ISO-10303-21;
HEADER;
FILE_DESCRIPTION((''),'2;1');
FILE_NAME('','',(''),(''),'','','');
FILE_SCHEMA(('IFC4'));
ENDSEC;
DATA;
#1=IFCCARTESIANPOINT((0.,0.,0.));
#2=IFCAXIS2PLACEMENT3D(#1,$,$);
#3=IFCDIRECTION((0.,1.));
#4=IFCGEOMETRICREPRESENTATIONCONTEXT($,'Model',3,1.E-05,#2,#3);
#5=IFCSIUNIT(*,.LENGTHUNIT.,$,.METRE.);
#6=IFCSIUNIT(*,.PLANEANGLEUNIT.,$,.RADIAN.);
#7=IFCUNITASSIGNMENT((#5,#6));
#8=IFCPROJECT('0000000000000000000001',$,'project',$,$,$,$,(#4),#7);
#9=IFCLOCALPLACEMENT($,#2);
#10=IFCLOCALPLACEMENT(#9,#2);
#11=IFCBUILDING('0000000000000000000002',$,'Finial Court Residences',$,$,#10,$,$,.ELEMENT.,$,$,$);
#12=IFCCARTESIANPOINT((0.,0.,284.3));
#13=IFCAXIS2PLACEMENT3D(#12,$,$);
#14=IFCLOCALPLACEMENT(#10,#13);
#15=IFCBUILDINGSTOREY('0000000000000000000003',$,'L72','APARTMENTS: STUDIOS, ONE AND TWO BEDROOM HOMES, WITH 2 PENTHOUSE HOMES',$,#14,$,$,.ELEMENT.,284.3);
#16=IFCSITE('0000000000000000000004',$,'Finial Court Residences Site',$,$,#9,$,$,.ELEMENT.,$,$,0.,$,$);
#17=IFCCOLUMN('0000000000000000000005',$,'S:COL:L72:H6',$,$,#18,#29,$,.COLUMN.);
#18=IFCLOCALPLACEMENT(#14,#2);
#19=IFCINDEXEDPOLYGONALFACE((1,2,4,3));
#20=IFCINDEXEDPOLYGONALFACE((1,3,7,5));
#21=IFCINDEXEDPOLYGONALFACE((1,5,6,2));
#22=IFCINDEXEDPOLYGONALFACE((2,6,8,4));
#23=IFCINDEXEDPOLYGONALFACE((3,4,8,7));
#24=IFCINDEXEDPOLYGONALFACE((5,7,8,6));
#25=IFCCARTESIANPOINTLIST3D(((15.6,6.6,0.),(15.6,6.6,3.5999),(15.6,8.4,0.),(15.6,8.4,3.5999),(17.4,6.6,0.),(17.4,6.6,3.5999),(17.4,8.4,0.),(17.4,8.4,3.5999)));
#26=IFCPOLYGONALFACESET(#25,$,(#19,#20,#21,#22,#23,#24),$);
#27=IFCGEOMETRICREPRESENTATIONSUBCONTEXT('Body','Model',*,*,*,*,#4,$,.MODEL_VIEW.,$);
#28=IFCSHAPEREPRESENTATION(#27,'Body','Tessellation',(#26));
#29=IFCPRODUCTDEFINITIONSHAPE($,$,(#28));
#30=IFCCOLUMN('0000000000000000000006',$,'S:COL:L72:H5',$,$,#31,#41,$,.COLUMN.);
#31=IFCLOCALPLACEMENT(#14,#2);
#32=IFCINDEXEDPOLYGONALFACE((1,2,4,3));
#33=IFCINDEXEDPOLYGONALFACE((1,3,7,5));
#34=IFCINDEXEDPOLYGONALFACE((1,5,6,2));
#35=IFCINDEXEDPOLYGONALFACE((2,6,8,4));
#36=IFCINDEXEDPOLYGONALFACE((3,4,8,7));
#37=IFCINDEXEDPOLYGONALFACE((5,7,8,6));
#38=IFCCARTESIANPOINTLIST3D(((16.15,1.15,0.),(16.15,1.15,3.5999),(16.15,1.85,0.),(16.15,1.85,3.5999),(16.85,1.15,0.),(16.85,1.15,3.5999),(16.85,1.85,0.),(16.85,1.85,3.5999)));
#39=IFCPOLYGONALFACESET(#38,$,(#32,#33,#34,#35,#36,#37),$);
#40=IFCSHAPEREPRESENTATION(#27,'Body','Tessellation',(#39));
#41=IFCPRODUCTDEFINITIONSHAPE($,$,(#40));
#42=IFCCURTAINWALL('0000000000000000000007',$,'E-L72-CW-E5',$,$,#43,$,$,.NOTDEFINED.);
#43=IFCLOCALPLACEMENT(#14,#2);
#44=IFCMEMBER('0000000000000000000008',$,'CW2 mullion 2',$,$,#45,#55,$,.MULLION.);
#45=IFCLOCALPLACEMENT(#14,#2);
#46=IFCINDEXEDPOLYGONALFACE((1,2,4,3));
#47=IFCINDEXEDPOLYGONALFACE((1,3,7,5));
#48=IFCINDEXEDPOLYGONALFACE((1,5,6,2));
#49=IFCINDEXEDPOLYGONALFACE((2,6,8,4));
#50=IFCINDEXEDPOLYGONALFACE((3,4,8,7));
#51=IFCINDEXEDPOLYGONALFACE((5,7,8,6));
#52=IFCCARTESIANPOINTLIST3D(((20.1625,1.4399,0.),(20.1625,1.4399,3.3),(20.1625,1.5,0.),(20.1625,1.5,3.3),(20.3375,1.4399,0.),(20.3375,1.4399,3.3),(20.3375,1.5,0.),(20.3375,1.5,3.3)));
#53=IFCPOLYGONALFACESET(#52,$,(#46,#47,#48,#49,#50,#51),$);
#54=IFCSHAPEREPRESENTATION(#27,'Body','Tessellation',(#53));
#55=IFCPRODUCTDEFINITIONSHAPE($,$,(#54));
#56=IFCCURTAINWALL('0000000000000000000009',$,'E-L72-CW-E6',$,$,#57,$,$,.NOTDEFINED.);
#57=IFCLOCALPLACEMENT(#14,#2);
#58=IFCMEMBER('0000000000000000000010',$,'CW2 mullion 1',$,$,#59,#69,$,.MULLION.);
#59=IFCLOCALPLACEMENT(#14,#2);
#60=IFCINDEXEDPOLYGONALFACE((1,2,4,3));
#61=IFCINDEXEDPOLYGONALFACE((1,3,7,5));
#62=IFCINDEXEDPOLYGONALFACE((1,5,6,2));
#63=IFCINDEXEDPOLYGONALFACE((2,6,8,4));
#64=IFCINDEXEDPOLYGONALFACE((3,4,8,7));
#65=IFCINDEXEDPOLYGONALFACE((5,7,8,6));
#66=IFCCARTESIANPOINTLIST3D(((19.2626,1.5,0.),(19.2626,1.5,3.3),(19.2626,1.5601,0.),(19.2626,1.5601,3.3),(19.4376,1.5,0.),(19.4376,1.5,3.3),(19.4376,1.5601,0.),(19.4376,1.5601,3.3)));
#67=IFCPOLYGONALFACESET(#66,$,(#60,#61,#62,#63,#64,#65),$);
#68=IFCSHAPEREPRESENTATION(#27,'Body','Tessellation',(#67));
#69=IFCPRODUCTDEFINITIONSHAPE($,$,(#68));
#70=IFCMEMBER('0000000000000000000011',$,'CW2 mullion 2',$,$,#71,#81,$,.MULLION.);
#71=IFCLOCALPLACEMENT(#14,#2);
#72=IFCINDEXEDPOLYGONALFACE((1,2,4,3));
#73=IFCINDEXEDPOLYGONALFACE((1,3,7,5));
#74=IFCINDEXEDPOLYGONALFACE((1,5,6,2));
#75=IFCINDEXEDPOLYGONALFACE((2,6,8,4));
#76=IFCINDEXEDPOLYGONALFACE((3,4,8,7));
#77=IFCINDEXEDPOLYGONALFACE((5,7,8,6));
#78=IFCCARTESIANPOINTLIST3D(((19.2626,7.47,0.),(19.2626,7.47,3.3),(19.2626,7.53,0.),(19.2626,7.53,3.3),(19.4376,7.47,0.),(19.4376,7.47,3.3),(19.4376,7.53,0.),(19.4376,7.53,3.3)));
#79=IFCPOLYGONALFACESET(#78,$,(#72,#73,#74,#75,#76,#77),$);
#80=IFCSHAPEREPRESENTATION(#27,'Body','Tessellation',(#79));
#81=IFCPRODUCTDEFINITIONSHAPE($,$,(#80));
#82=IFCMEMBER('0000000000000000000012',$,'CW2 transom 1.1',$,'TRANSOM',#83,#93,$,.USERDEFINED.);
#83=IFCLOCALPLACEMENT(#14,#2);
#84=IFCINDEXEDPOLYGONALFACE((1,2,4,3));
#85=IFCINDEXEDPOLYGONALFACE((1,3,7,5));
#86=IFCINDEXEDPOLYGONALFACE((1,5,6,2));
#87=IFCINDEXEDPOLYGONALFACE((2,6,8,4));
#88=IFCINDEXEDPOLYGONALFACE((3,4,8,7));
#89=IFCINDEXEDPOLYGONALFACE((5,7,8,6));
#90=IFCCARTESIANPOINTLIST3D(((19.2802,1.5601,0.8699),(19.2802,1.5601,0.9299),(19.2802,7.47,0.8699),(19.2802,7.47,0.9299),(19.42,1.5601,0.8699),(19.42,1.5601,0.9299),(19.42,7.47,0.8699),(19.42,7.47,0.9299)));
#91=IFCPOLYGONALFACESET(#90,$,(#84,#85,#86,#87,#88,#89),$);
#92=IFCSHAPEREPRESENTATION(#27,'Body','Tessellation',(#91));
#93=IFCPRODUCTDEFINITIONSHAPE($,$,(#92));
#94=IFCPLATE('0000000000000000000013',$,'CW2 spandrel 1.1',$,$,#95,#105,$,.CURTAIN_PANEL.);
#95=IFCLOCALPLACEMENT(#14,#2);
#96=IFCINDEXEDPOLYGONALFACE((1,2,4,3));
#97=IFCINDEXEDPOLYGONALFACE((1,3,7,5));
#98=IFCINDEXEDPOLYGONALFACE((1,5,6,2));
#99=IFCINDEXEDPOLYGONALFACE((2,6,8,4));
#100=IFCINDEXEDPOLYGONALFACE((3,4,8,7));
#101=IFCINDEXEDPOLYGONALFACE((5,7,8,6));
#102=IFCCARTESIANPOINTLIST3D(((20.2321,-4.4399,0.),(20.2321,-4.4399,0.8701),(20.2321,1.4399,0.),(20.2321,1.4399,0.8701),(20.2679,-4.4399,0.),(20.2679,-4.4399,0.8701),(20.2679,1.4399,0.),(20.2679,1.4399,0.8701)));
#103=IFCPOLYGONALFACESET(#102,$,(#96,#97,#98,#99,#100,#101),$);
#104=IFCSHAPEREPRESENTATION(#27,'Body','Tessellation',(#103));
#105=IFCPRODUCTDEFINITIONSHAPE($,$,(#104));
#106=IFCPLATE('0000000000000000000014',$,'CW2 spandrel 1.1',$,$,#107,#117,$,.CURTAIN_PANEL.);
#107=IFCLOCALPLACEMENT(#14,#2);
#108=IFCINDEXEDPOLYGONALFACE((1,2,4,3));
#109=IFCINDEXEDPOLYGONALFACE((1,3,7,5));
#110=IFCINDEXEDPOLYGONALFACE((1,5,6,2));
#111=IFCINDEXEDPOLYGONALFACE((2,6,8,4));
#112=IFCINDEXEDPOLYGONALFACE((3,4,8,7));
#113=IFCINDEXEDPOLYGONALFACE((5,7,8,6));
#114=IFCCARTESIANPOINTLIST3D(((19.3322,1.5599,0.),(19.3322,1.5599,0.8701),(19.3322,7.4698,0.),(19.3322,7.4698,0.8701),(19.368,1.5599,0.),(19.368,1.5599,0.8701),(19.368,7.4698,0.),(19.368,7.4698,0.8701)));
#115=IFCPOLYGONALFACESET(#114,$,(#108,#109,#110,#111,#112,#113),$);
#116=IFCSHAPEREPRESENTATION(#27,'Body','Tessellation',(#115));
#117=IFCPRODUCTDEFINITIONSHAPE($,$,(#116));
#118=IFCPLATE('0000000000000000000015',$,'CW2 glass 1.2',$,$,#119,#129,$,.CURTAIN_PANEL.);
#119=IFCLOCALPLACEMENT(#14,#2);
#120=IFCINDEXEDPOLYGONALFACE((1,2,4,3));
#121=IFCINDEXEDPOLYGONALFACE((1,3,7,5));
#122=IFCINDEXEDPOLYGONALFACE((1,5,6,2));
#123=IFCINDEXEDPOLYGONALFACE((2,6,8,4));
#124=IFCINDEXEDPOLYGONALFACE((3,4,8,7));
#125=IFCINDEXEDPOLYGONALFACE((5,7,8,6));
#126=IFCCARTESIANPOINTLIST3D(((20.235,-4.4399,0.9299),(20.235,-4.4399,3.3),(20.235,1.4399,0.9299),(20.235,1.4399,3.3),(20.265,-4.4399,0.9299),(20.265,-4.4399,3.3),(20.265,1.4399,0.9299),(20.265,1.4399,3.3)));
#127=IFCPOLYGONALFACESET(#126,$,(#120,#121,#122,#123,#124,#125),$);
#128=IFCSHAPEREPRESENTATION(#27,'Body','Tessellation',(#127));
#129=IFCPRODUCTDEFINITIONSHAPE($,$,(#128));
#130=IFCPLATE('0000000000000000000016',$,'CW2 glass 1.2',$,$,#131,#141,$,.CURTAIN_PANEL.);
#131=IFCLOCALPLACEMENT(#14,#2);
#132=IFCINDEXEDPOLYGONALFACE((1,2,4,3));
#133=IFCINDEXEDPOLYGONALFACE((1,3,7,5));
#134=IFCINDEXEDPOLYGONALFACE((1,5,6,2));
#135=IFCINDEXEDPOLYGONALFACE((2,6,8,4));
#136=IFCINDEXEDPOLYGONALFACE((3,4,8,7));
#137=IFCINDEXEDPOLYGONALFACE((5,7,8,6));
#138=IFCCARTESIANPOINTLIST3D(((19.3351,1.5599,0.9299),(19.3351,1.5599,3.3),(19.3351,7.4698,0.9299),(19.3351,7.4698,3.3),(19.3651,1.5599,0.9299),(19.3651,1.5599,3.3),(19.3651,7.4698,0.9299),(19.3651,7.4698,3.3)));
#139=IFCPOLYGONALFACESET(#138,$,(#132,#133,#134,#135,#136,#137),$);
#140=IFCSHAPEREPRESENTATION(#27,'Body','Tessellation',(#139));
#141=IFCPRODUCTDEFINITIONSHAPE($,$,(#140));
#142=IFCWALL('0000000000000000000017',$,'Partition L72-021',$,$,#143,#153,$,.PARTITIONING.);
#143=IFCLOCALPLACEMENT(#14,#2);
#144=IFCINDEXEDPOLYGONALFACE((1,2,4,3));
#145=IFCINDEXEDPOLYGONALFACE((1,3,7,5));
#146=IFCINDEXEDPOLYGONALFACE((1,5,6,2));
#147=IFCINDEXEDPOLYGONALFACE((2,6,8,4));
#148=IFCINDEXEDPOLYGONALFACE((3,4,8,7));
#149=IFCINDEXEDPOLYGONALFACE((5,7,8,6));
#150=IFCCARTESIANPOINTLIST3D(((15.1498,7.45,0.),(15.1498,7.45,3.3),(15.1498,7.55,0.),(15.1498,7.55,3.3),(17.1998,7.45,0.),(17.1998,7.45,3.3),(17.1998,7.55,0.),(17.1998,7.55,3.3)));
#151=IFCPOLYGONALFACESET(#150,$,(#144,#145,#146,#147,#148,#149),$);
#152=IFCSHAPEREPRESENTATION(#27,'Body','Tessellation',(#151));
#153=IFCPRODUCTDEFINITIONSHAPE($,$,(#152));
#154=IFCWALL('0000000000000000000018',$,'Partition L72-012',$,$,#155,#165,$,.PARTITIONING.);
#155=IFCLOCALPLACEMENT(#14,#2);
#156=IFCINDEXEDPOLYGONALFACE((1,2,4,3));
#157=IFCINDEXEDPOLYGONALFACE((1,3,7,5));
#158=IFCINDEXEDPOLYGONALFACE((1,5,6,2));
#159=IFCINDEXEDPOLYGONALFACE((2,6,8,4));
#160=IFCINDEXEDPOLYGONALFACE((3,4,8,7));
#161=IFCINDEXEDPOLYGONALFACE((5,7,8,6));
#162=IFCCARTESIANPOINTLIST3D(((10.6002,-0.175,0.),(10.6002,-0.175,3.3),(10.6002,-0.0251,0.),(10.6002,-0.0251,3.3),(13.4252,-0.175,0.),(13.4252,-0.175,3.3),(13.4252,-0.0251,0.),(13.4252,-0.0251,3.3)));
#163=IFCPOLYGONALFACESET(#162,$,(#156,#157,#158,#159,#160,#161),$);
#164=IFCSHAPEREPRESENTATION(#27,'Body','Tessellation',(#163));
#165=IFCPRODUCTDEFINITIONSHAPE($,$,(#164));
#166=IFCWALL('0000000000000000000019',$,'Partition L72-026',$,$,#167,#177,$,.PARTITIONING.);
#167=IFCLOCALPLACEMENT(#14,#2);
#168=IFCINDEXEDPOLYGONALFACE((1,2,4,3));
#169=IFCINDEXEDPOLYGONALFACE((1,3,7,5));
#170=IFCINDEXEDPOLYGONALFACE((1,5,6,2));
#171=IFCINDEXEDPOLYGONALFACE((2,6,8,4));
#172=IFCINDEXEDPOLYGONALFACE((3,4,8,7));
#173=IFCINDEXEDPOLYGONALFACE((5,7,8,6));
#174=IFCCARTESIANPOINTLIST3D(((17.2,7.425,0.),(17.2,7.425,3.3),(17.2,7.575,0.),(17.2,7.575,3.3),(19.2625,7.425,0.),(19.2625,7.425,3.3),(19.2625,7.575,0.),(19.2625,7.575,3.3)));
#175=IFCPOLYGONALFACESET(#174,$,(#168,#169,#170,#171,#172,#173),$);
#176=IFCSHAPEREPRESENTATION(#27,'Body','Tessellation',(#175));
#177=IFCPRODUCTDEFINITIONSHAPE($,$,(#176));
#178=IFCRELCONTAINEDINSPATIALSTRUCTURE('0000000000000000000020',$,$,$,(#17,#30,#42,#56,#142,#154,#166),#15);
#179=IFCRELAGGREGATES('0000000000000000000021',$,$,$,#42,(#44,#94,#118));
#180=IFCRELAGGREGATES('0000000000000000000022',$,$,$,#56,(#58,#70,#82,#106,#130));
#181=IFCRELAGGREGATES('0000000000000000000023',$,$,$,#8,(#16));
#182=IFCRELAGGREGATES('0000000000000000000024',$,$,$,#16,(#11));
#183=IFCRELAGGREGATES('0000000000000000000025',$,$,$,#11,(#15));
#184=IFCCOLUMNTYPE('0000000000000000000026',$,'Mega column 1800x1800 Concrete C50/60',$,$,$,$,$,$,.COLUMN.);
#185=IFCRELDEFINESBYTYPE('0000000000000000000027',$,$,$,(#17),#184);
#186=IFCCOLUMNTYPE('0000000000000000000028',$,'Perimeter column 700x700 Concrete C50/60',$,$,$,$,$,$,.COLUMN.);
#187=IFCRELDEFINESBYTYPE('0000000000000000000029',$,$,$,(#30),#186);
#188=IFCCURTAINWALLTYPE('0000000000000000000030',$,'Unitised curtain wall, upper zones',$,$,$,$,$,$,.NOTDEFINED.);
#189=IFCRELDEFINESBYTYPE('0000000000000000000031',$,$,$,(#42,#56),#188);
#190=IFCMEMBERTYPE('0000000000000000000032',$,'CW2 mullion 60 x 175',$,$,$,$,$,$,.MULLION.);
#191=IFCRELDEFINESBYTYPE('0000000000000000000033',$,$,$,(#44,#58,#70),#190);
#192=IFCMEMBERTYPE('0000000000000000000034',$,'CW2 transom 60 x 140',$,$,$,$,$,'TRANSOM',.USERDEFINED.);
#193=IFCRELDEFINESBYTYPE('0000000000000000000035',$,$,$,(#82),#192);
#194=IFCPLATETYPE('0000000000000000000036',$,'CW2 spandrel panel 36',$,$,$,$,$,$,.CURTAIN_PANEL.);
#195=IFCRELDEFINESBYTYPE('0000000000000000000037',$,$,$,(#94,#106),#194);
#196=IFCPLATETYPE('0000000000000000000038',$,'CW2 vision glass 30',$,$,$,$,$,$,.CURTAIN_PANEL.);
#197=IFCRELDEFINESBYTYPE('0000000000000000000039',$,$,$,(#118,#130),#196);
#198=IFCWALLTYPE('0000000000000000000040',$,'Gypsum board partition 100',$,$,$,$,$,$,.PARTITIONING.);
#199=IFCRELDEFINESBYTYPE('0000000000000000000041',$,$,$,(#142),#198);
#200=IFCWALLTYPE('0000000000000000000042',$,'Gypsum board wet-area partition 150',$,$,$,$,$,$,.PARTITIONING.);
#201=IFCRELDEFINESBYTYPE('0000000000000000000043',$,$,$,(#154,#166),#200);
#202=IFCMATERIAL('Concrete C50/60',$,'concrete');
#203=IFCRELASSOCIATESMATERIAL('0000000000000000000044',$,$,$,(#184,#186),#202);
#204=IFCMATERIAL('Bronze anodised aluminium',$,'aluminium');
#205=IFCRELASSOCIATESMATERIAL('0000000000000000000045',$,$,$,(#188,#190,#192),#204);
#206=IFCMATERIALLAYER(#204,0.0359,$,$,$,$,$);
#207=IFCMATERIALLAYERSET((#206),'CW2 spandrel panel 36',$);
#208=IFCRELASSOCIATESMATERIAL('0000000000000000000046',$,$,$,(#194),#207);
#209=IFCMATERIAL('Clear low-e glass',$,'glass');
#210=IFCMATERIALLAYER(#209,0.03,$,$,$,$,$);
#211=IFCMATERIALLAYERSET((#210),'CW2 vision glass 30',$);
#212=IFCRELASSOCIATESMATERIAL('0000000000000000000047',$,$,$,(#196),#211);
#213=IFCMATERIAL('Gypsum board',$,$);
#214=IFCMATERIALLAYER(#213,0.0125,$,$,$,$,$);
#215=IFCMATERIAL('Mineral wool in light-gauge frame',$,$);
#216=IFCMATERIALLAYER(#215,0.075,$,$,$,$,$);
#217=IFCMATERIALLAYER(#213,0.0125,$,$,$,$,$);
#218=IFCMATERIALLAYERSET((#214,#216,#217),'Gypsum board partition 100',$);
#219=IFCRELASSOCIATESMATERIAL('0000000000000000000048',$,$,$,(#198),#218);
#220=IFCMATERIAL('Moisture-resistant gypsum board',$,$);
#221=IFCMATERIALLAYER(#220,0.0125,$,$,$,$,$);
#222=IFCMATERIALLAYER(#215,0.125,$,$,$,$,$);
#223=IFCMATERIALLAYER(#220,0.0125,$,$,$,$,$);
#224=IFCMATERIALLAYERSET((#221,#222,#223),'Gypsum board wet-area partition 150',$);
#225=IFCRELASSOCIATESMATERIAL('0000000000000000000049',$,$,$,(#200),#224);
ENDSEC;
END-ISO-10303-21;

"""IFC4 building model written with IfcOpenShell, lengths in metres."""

from ifc_helpers import new_model, si_unit, direction, frame, frame_2d, origin, origin_2d, place, context, subcontext, project, spatial, rectangle, extrude, material, layer, layer_set, material_profile, profile_set, type_object, element, aggregate, save


model = new_model("IFC4")

# Units and contexts
model_context = context("Model", 3, precision=1e-05, world=origin(), true_north=direction((0.0, 1.0)))
body_context = subcontext(model_context, "Body", "Model", "MODEL_VIEW")
ifc_project = project(units=[si_unit("LENGTHUNIT", "METRE"), si_unit("PLANEANGLEUNIT", "RADIAN")], contexts=[model_context])

# Site, building, storey
site_placement = place(None, origin())
site = spatial("IfcSite", under=ifc_project, at=site_placement, Name="Finial Court Residences Site", CompositionType="ELEMENT", RefElevation=0.0)
building_placement = place(site_placement, origin())
building = spatial("IfcBuilding", under=site, at=building_placement, Name="Finial Court Residences", CompositionType="ELEMENT")
storey_placement = place(building_placement, frame((0.0, 0.0, 284.3)))
storey = spatial("IfcBuildingStorey", under=building, at=storey_placement, Name="L72", Description="APARTMENTS: STUDIOS, ONE AND TWO BEDROOM HOMES, WITH 2 PENTHOUSE HOMES", CompositionType="ELEMENT", Elevation=284.3)

# Columns
ifc_material_1 = material(Name="Concrete C50/60", Category="concrete")
ifc_material_profile_1 = material_profile(ifc_material_1, rectangle(XDim=1.8, YDim=1.8, at=origin_2d()), Name="1800x1800")
ifc_profile_set_1 = profile_set([ifc_material_profile_1], Name="Concrete C50/60")
column_type_1 = type_object("IfcColumnType", Name="Mega column 1800x1800 Concrete C50/60", PredefinedType="COLUMN", material=ifc_profile_set_1)
column_1_placement = place(storey_placement, frame((16.5, 7.5, 0.0), z_axis=(0.0, 0.0, 1.0), x_axis=(1.0, 0.0, 0.0)))
element("IfcColumn", 1, at=column_1_placement, inside=storey, type_object=column_type_1, Name="S:COL:L72:H6", PredefinedType="COLUMN", context=body_context, shape_type="SweptSolid", body=[
    extrude(rectangle(XDim=1.8, YDim=1.8, at=origin_2d()), origin(), (0.0, 0.0, 1.0), 3.5999),
])
ifc_material_profile_2 = material_profile(ifc_material_1, rectangle(XDim=0.7, YDim=0.7, at=origin_2d()), Name="700x700")
ifc_profile_set_2 = profile_set([ifc_material_profile_2], Name="Concrete C50/60")
column_type_2 = type_object("IfcColumnType", Name="Perimeter column 700x700 Concrete C50/60", PredefinedType="COLUMN", material=ifc_profile_set_2)
column_2_placement = place(storey_placement, frame((16.5, 1.5, 0.0), z_axis=(0.0, 0.0, 1.0), x_axis=(1.0, 0.0, 0.0)))
element("IfcColumn", 2, at=column_2_placement, inside=storey, type_object=column_type_2, Name="S:COL:L72:H5", PredefinedType="COLUMN", context=body_context, shape_type="SweptSolid", body=[
    extrude(rectangle(XDim=0.7, YDim=0.7, at=origin_2d()), origin(), (0.0, 0.0, 1.0), 3.5999),
])

# Curtain wall, member
ifc_material_2 = material(Name="Bronze anodised aluminium", Category="aluminium")
curtain_wall_type = type_object("IfcCurtainWallType", Name="Unitised curtain wall, upper zones", PredefinedType="NOTDEFINED", material=ifc_material_2)
curtain_wall_1_placement = place(storey_placement, origin())
curtain_wall_1 = element("IfcCurtainWall", 3, at=curtain_wall_1_placement, inside=storey, type_object=curtain_wall_type, Name="E-L72-CW-E5", PredefinedType="NOTDEFINED")
ifc_material_profile_3 = material_profile(ifc_material_2, rectangle(XDim=0.175, YDim=0.0601, at=origin_2d()), Name="CW2 mullion 60 x 175")
ifc_profile_set_3 = profile_set([ifc_material_profile_3], Name="Bronze anodised aluminium")
member_type_1 = type_object("IfcMemberType", Name="CW2 mullion 60 x 175", PredefinedType="MULLION", material=ifc_profile_set_3)
member_1_placement = place(storey_placement, frame((20.25, 1.47, 0.0), z_axis=(0.0, 0.0, 1.0), x_axis=(-1.0, 0.0, 0.0)))
member_1 = element("IfcMember", 4, at=member_1_placement, type_object=member_type_1, Name="CW2 mullion 2", PredefinedType="MULLION", context=body_context, shape_type="SweptSolid", body=[
    extrude(rectangle(XDim=0.175, YDim=0.0601, at=origin_2d()), origin(), (0.0, 0.0, 1.0), 3.3),
])

# Curtain wall, members
curtain_wall_2_placement = place(storey_placement, origin())
curtain_wall_2 = element("IfcCurtainWall", 5, at=curtain_wall_2_placement, inside=storey, type_object=curtain_wall_type, Name="E-L72-CW-E6", PredefinedType="NOTDEFINED")
member_2_placement = place(storey_placement, frame((19.3501, 1.53, 0.0), z_axis=(0.0, 0.0, 1.0), x_axis=(-1.0, 0.0, 0.0)))
member_2 = element("IfcMember", 6, at=member_2_placement, type_object=member_type_1, Name="CW2 mullion 1", PredefinedType="MULLION", context=body_context, shape_type="SweptSolid", body=[
    extrude(rectangle(XDim=0.175, YDim=0.0601, at=origin_2d()), origin(), (0.0, 0.0, 1.0), 3.3),
])
member_3_placement = place(storey_placement, frame((19.3501, 7.5, 0.0), z_axis=(0.0, 0.0, 1.0), x_axis=(-1.0, 0.0, 0.0)))
member_3 = element("IfcMember", 7, at=member_3_placement, type_object=member_type_1, Name="CW2 mullion 2", PredefinedType="MULLION", context=body_context, shape_type="SweptSolid", body=[
    extrude(rectangle(XDim=0.175, YDim=0.0601, at=origin_2d()), origin(), (0.0, 0.0, 1.0), 3.3),
])
ifc_material_profile_4 = material_profile(ifc_material_2, rectangle(XDim=0.1399, YDim=0.0601, at=origin_2d()), Name="CW2 transom 60 x 140")
ifc_profile_set_4 = profile_set([ifc_material_profile_4], Name="Bronze anodised aluminium")
member_type_2 = type_object("IfcMemberType", Name="CW2 transom 60 x 140", ElementType="TRANSOM", PredefinedType="USERDEFINED", material=ifc_profile_set_4)
member_4_placement = place(storey_placement, frame((19.3501, 1.5601, 0.8999), z_axis=(0.0, 1.0, 0.0), x_axis=(-1.0, 0.0, 0.0)))
member_4 = element("IfcMember", 8, at=member_4_placement, type_object=member_type_2, Name="CW2 transom 1.1", ObjectType="TRANSOM", PredefinedType="USERDEFINED", context=body_context, shape_type="SweptSolid", body=[
    extrude(rectangle(XDim=0.1399, YDim=0.0601, at=origin_2d()), origin(), (0.0, 0.0, 1.0), 5.9099),
])

# Plates
ifc_layer_1 = layer(ifc_material_2, 0.0359)
ifc_layer_set_1 = layer_set([ifc_layer_1], Name="CW2 spandrel panel 36")
plate_type_1 = type_object("IfcPlateType", Name="CW2 spandrel panel 36", PredefinedType="CURTAIN_PANEL", material=ifc_layer_set_1)
plate_1_placement = place(storey_placement, frame((20.25, -1.5, 0.0), z_axis=(0.0, 0.0, 1.0), x_axis=(0.0, 1.0, 0.0)))
plate_1 = element("IfcPlate", 9, at=plate_1_placement, type_object=plate_type_1, Name="CW2 spandrel 1.1", PredefinedType="CURTAIN_PANEL", context=body_context, shape_type="SweptSolid", body=[
    extrude(rectangle(XDim=5.8799, YDim=0.0359, at=origin_2d()), origin(), (0.0, 0.0, 1.0), 0.8701),
])
plate_2_placement = place(storey_placement, frame((19.3501, 4.5149, 0.0), z_axis=(0.0, 0.0, 1.0), x_axis=(0.0, 1.0, 0.0)))
plate_2 = element("IfcPlate", 10, at=plate_2_placement, type_object=plate_type_1, Name="CW2 spandrel 1.1", PredefinedType="CURTAIN_PANEL", context=body_context, shape_type="SweptSolid", body=[
    extrude(rectangle(XDim=5.9099, YDim=0.0359, at=origin_2d()), origin(), (0.0, 0.0, 1.0), 0.8701),
])
ifc_material_3 = material(Name="Clear low-e glass", Category="glass")
ifc_layer_2 = layer(ifc_material_3, 0.03)
ifc_layer_set_2 = layer_set([ifc_layer_2], Name="CW2 vision glass 30")
plate_type_2 = type_object("IfcPlateType", Name="CW2 vision glass 30", PredefinedType="CURTAIN_PANEL", material=ifc_layer_set_2)
plate_3_placement = place(storey_placement, frame((20.25, -1.5, 0.9299), z_axis=(0.0, 0.0, 1.0), x_axis=(0.0, 1.0, 0.0)))
plate_3 = element("IfcPlate", 11, at=plate_3_placement, type_object=plate_type_2, Name="CW2 glass 1.2", PredefinedType="CURTAIN_PANEL", context=body_context, shape_type="SweptSolid", body=[
    extrude(rectangle(XDim=5.8799, YDim=0.03, at=origin_2d()), origin(), (0.0, 0.0, 1.0), 2.3701),
])
aggregate(curtain_wall_1, [member_1, plate_1, plate_3])
plate_4_placement = place(storey_placement, frame((19.3501, 4.5149, 0.9299), z_axis=(0.0, 0.0, 1.0), x_axis=(0.0, 1.0, 0.0)))
plate_4 = element("IfcPlate", 12, at=plate_4_placement, type_object=plate_type_2, Name="CW2 glass 1.2", PredefinedType="CURTAIN_PANEL", context=body_context, shape_type="SweptSolid", body=[
    extrude(rectangle(XDim=5.9099, YDim=0.03, at=origin_2d()), origin(), (0.0, 0.0, 1.0), 2.3701),
])
aggregate(curtain_wall_2, [member_2, member_3, member_4, plate_2, plate_4])

# Walls
ifc_material_4 = material(Name="Gypsum board")
ifc_layer_3 = layer(ifc_material_4, 0.0125)
ifc_material_5 = material(Name="Mineral wool in light-gauge frame")
ifc_layer_4 = layer(ifc_material_5, 0.075)
ifc_layer_5 = layer(ifc_material_4, 0.0125)
ifc_layer_set_3 = layer_set([ifc_layer_3, ifc_layer_4, ifc_layer_5], Name="Gypsum board partition 100")
wall_type_1 = type_object("IfcWallType", Name="Gypsum board partition 100", PredefinedType="PARTITIONING", material=ifc_layer_set_3)
wall_1_placement = place(storey_placement, frame((15.1499, 7.5, 0.0), z_axis=(0.0, 0.0, 1.0), x_axis=(1.0, 0.0, 0.0)))
element("IfcWall", 13, at=wall_1_placement, inside=storey, type_object=wall_type_1, Name="Partition L72-021", PredefinedType="PARTITIONING", context=body_context, shape_type="SweptSolid", body=[
    extrude(rectangle(XDim=2.05, YDim=0.1001, at=frame_2d((1.0249, 0.0))), origin(), (0.0, 0.0, 1.0), 3.3),
])
ifc_material_6 = material(Name="Moisture-resistant gypsum board")
ifc_layer_6 = layer(ifc_material_6, 0.0125)
ifc_layer_7 = layer(ifc_material_5, 0.125)
ifc_layer_8 = layer(ifc_material_6, 0.0125)
ifc_layer_set_4 = layer_set([ifc_layer_6, ifc_layer_7, ifc_layer_8], Name="Gypsum board wet-area partition 150")
wall_type_2 = type_object("IfcWallType", Name="Gypsum board wet-area partition 150", PredefinedType="PARTITIONING", material=ifc_layer_set_4)
wall_2_placement = place(storey_placement, frame((10.6001, -0.1001, 0.0), z_axis=(0.0, 0.0, 1.0), x_axis=(1.0, 0.0, 0.0)))
element("IfcWall", 14, at=wall_2_placement, inside=storey, type_object=wall_type_2, Name="Partition L72-012", PredefinedType="PARTITIONING", context=body_context, shape_type="SweptSolid", body=[
    extrude(rectangle(XDim=2.825, YDim=0.1499, at=frame_2d((1.4126, 0.0))), origin(), (0.0, 0.0, 1.0), 3.3),
])
wall_3_placement = place(storey_placement, frame((17.2, 7.5, 0.0), z_axis=(0.0, 0.0, 1.0), x_axis=(1.0, 0.0, 0.0)))
element("IfcWall", 15, at=wall_3_placement, inside=storey, type_object=wall_type_2, Name="Partition L72-026", PredefinedType="PARTITIONING", context=body_context, shape_type="SweptSolid", body=[
    extrude(rectangle(XDim=2.0625, YDim=0.1499, at=frame_2d((1.0312, 0.0))), origin(), (0.0, 0.0, 1.0), 3.3),
])

save(model, "model.ifc")
